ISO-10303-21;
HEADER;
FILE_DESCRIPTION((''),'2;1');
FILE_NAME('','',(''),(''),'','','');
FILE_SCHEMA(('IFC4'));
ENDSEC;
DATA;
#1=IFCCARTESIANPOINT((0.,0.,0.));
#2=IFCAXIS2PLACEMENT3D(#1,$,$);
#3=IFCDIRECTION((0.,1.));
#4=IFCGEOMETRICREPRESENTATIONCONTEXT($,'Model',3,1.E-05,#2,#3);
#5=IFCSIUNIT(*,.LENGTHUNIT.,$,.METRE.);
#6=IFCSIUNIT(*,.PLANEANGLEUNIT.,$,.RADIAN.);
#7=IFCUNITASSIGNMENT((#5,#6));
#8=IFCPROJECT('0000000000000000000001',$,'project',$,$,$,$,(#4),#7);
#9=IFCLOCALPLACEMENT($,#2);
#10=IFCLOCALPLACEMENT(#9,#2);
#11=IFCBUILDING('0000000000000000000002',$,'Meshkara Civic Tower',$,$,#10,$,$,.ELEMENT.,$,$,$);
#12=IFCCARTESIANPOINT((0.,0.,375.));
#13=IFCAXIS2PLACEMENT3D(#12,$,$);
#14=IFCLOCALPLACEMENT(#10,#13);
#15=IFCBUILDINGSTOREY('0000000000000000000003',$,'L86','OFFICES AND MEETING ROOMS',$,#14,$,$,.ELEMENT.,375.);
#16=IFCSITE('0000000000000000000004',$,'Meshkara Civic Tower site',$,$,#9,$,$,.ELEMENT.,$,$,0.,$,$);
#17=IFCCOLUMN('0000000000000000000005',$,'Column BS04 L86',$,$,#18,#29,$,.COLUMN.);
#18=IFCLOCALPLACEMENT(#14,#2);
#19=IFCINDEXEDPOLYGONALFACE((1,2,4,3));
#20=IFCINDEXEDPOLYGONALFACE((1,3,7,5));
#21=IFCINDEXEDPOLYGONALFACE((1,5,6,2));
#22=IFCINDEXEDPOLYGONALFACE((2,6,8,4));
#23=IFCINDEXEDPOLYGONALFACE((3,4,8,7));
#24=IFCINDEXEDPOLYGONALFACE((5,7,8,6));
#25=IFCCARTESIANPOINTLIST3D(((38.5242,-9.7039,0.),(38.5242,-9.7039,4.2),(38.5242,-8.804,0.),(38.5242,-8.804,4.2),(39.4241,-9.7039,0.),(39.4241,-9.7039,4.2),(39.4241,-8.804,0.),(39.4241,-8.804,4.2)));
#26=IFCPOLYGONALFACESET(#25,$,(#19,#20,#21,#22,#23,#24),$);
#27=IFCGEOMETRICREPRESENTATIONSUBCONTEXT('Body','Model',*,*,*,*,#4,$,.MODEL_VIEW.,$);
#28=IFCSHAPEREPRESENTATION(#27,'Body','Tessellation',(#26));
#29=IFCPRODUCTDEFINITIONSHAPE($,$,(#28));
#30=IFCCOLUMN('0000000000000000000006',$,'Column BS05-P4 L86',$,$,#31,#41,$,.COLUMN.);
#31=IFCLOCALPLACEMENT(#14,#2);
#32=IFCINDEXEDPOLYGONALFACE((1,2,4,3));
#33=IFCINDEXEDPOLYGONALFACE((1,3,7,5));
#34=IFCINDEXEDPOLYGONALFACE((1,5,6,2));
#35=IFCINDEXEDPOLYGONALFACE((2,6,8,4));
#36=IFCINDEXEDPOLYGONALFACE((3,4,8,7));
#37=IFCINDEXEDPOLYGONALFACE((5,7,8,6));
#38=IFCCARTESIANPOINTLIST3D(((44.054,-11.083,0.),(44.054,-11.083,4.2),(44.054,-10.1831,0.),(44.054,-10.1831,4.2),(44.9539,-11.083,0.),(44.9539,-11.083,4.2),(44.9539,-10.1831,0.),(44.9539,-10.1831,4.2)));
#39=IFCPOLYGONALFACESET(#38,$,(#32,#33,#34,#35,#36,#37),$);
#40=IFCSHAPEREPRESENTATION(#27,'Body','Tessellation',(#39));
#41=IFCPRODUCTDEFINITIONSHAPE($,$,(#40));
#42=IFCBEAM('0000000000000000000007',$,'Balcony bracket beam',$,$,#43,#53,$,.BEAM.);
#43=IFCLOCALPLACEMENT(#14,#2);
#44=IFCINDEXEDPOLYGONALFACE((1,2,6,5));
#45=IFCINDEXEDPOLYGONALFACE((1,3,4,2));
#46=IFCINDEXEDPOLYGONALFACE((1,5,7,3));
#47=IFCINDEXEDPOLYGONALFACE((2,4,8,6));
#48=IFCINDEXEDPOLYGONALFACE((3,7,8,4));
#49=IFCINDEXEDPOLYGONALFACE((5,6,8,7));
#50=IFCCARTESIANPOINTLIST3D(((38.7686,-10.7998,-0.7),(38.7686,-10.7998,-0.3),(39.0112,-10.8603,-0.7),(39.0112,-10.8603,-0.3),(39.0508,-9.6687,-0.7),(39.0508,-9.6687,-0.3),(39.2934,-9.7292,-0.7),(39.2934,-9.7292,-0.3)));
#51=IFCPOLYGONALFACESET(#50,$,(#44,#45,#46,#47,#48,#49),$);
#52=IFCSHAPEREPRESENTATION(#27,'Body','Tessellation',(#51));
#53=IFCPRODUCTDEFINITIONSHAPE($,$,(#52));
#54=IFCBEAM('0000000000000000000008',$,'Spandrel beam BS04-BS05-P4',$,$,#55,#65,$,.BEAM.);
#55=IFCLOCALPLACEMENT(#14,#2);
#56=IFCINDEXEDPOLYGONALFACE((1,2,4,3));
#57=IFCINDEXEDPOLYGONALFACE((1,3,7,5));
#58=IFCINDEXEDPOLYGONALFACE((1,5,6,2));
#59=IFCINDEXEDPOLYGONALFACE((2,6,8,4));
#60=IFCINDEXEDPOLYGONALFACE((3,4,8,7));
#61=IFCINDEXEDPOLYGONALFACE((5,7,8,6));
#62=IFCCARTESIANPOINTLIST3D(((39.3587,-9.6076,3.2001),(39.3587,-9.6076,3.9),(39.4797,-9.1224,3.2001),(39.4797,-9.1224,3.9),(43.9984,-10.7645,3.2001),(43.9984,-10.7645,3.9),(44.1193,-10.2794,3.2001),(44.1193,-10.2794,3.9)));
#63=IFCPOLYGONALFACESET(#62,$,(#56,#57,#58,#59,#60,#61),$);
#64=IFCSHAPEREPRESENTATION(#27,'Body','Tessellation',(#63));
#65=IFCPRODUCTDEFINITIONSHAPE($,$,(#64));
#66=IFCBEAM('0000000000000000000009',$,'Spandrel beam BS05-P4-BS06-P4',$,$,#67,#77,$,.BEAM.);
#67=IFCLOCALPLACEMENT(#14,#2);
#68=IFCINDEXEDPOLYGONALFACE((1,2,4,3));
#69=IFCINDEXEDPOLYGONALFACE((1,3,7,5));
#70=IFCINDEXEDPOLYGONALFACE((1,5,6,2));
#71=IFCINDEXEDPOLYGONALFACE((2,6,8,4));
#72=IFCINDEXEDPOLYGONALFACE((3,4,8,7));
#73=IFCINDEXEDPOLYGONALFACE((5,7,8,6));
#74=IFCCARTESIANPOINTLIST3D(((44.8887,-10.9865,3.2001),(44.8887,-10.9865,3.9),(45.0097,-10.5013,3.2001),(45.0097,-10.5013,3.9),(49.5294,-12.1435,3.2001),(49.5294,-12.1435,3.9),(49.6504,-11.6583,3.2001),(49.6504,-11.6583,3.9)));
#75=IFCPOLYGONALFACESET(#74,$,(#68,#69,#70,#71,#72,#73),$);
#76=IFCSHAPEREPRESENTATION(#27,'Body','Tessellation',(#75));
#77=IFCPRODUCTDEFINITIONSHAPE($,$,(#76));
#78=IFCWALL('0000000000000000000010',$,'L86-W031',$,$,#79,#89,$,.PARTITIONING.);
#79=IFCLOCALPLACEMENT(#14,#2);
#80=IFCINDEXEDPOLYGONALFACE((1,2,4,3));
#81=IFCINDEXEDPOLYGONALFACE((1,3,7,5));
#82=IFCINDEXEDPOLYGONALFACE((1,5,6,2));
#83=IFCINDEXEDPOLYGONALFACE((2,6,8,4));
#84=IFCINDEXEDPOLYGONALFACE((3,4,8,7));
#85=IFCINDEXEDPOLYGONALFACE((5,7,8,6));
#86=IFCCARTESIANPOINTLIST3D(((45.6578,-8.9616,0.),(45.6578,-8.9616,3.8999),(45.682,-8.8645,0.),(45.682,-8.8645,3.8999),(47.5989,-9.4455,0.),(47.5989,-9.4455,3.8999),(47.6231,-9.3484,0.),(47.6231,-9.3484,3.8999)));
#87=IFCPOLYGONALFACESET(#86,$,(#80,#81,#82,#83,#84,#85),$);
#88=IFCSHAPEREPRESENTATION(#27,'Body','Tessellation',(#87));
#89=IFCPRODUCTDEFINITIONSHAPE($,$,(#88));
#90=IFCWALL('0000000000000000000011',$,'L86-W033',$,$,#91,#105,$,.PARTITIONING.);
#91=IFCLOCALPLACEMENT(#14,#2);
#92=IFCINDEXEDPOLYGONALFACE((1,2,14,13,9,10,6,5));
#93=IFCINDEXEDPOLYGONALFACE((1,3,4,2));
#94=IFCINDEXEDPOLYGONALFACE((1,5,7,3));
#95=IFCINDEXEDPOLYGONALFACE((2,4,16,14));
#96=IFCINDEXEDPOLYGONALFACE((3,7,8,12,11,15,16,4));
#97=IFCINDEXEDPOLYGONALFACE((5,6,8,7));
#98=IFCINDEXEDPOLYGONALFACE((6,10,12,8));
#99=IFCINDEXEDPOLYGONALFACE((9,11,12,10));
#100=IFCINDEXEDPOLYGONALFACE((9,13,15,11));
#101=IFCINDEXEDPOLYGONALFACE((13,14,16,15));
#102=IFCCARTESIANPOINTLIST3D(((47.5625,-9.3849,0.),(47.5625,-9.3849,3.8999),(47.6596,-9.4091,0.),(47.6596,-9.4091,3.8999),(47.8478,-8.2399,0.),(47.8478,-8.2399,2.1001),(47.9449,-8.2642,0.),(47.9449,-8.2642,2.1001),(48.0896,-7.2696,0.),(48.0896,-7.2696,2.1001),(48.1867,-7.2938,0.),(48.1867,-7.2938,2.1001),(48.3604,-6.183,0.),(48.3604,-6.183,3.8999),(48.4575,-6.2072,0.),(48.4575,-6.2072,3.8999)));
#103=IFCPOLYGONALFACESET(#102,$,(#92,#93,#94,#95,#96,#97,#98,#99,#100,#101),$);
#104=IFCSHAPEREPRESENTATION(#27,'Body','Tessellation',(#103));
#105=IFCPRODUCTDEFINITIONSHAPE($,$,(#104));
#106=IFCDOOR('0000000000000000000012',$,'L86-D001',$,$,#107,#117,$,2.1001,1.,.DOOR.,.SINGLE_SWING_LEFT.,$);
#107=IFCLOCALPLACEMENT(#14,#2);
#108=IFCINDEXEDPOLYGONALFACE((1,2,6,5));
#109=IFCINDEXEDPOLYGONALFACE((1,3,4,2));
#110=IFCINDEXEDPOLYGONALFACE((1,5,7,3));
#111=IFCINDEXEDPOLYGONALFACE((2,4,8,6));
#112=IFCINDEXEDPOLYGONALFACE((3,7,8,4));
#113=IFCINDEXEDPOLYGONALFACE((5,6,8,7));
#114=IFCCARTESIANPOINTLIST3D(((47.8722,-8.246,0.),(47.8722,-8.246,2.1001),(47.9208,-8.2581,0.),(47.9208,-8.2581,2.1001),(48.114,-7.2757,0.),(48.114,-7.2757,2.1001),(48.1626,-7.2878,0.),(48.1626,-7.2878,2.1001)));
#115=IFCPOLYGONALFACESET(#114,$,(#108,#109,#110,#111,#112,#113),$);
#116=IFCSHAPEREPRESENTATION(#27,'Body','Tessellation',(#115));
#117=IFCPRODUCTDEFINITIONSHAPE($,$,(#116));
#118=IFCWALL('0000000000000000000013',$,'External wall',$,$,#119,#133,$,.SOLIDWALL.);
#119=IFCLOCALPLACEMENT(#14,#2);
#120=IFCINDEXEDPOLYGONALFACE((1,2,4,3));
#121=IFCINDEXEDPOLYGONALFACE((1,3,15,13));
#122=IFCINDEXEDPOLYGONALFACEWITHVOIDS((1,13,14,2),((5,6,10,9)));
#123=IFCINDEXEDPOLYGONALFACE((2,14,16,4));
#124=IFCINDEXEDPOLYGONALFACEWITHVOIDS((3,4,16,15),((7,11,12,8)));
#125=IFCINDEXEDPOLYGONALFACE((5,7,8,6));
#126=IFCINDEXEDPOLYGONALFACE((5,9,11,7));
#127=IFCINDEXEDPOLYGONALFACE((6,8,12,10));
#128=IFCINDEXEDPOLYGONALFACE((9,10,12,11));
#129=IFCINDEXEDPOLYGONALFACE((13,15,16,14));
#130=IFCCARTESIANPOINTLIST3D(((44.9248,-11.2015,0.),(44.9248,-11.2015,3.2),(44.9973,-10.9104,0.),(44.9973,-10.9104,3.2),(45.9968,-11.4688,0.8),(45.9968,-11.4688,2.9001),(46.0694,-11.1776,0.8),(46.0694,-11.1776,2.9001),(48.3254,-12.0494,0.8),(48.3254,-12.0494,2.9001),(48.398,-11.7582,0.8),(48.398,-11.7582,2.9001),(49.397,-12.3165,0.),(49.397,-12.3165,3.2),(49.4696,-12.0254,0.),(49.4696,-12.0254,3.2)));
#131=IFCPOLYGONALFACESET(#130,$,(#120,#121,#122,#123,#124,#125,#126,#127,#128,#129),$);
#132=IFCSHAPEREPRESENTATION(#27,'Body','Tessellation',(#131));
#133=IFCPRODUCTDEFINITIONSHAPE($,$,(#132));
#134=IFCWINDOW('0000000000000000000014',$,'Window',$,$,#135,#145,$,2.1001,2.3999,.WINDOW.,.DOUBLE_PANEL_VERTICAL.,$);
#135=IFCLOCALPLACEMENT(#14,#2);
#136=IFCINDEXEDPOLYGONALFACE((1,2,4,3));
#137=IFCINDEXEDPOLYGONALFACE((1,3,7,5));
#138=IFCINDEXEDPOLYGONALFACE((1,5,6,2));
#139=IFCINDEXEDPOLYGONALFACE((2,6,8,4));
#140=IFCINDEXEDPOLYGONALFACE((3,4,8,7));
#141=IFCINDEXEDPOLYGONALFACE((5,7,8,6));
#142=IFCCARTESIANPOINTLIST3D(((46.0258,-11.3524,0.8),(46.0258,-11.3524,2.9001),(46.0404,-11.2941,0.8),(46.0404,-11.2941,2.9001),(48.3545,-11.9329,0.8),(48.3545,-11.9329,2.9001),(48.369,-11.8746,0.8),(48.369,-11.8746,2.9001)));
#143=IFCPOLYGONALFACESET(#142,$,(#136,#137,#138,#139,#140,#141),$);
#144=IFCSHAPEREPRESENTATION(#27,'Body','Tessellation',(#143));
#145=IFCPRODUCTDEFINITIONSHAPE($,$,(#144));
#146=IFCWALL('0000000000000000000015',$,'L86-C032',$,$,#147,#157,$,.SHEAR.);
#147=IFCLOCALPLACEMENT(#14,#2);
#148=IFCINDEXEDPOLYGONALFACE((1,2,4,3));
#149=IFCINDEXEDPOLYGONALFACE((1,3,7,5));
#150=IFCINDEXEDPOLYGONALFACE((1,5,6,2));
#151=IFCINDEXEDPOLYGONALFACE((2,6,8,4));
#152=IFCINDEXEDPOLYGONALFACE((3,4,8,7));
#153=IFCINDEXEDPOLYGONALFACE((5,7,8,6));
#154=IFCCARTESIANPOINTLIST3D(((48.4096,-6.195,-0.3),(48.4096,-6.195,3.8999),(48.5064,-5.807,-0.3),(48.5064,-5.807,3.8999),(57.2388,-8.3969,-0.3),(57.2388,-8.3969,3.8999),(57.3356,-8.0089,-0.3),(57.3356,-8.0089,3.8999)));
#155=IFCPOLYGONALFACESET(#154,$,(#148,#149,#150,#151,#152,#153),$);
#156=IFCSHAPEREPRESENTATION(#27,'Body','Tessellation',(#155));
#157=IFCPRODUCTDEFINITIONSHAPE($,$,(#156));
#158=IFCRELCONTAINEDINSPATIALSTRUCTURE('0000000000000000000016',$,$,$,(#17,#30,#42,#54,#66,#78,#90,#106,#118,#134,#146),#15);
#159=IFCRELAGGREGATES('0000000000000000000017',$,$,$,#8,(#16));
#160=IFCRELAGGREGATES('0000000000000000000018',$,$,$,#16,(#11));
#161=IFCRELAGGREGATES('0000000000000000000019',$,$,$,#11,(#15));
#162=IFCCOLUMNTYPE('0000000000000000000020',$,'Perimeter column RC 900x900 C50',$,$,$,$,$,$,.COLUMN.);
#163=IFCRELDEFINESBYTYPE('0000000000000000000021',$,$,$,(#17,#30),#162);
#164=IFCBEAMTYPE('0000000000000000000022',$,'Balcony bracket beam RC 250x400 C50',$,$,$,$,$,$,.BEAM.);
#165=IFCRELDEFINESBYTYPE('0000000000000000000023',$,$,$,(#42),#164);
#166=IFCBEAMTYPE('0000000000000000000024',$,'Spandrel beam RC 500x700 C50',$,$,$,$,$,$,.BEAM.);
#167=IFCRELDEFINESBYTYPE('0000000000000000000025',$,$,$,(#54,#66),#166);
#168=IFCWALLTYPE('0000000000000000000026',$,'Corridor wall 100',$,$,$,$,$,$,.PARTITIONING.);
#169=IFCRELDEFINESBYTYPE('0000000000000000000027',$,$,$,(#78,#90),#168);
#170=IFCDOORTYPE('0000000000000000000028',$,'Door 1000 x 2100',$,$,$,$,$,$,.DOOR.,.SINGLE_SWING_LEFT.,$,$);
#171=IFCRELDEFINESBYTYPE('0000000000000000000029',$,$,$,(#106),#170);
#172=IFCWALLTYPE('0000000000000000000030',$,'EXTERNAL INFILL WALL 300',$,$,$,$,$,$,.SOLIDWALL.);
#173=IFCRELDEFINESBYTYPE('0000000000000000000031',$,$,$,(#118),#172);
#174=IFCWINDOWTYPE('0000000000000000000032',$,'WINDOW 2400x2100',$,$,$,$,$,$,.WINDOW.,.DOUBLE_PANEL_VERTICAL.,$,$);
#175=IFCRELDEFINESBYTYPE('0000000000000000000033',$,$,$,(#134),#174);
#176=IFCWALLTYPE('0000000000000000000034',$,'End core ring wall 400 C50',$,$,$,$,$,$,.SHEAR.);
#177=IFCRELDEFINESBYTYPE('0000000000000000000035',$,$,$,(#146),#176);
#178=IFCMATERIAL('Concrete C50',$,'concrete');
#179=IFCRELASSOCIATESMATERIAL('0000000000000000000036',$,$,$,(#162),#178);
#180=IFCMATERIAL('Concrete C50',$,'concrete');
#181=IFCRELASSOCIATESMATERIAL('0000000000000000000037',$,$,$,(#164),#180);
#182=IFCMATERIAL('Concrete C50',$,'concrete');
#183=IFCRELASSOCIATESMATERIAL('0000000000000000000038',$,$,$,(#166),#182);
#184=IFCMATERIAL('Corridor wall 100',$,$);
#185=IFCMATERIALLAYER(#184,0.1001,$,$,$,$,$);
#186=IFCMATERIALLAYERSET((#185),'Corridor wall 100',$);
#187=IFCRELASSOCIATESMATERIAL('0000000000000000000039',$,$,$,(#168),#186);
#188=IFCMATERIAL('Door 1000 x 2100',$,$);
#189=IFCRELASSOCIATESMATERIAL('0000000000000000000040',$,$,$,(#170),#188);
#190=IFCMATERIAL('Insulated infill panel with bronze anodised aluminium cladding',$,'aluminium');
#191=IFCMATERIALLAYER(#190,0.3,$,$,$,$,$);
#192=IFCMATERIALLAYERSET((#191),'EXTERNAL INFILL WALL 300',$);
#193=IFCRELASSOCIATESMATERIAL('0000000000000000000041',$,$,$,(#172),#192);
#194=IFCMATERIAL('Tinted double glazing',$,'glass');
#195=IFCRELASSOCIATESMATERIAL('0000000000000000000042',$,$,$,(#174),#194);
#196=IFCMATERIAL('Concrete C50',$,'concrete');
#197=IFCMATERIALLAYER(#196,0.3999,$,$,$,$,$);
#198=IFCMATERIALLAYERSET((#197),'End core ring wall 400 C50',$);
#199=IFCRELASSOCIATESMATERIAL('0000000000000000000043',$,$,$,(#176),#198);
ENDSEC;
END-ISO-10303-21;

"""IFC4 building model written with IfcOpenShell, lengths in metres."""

from ifc_helpers import new_model, si_unit, direction, frame, frame_2d, origin, origin_2d, place, context, subcontext, project, spatial, rectangle, extrude, material, layer, layer_set, material_profile, profile_set, type_object, element, fill, save


model = new_model("IFC4")

# Units and contexts
model_context = context("Model", 3, precision=1e-05, world=origin(), true_north=direction((0.0, 1.0)))
body_context = subcontext(model_context, "Body", "Model", "MODEL_VIEW")
ifc_project = project(units=[si_unit("LENGTHUNIT", "METRE"), si_unit("PLANEANGLEUNIT", "RADIAN")], contexts=[model_context])

# Site, building, storey
site_placement = place(None, origin())
site = spatial("IfcSite", under=ifc_project, at=site_placement, Name="Meshkara Civic Tower site", CompositionType="ELEMENT", RefElevation=0.0)
building_placement = place(site_placement, origin())
building = spatial("IfcBuilding", under=site, at=building_placement, Name="Meshkara Civic Tower", CompositionType="ELEMENT")
storey_placement = place(building_placement, frame((0.0, 0.0, 375.0)))
storey = spatial("IfcBuildingStorey", under=building, at=storey_placement, Name="L86", Description="OFFICES AND MEETING ROOMS", CompositionType="ELEMENT", Elevation=375.0)

# Columns
ifc_material_1 = material(Name="Concrete C50", Category="concrete")
ifc_material_profile_1 = material_profile(ifc_material_1, rectangle(XDim=0.8999, YDim=0.8999, at=origin_2d()))
ifc_profile_set_1 = profile_set([ifc_material_profile_1], Name="Concrete C50")
column_type = type_object("IfcColumnType", Name="Perimeter column RC 900x900 C50", PredefinedType="COLUMN", material=ifc_profile_set_1)
for number, where, z_axis, x_axis, name in (
    (1, (38.9741, -9.2539, 0.0), (0.0, 0.0, 1.0), (1.0, 0.0, 0.0), "Column BS04 L86"),
    (2, (44.5039, -10.6331, 0.0), (0.0, 0.0, 1.0), (1.0, 0.0, 0.0), "Column BS05-P4 L86"),
):
    element("IfcColumn", number, at=place(storey_placement, frame(where, z_axis=z_axis, x_axis=x_axis)), inside=storey, type_object=column_type, Name=name, PredefinedType="COLUMN", context=body_context, shape_type="SweptSolid", body=[
        extrude(rectangle(XDim=0.8999, YDim=0.8999, at=origin_2d()), origin(), (0.0, 0.0, 1.0), 4.2),
    ])

# Beams
ifc_material_2 = material(Name="Concrete C50", Category="concrete")
ifc_material_profile_2 = material_profile(ifc_material_2, rectangle(XDim=0.25, YDim=0.3999, at=origin_2d()))
ifc_profile_set_2 = profile_set([ifc_material_profile_2], Name="Concrete C50")
beam_type_1 = type_object("IfcBeamType", Name="Balcony bracket beam RC 250x400 C50", PredefinedType="BEAM", material=ifc_profile_set_2)
beam_1_placement = place(storey_placement, frame((39.1721, -9.699, -0.5), z_axis=(-0.242092, -0.970253, 0.0), x_axis=(0.970253, -0.242092, 0.0)))
element("IfcBeam", 3, at=beam_1_placement, inside=storey, type_object=beam_type_1, Name="Balcony bracket beam", PredefinedType="BEAM", context=body_context, shape_type="SweptSolid", body=[
    extrude(rectangle(XDim=0.25, YDim=0.3999, at=origin_2d()), origin(), (0.0, 0.0, 1.0), 1.1658),
])
ifc_material_3 = material(Name="Concrete C50", Category="concrete")
ifc_material_profile_3 = material_profile(ifc_material_3, rectangle(XDim=0.5, YDim=0.7, at=origin_2d()))
ifc_profile_set_3 = profile_set([ifc_material_profile_3], Name="Concrete C50")
beam_type_2 = type_object("IfcBeamType", Name="Spandrel beam RC 500x700 C50", PredefinedType="BEAM", material=ifc_profile_set_3)
beam_2_placement = place(storey_placement, frame((39.4192, -9.365, 3.55), z_axis=(0.970286, -0.241959, 0.0), x_axis=(0.241959, 0.970286, 0.0)))
element("IfcBeam", 4, at=beam_2_placement, inside=storey, type_object=beam_type_2, Name="Spandrel beam BS04-BS05-P4", PredefinedType="BEAM", context=body_context, shape_type="SweptSolid", body=[
    extrude(rectangle(XDim=0.5, YDim=0.7, at=origin_2d()), origin(), (0.0, 0.0, 1.0), 4.7817),
])
beam_3_placement = place(storey_placement, frame((44.9492, -10.7439, 3.55), z_axis=(0.970298, -0.241911, 0.0), x_axis=(0.241911, 0.970298, 0.0)))
element("IfcBeam", 5, at=beam_3_placement, inside=storey, type_object=beam_type_2, Name="Spandrel beam BS05-P4-BS06-P4", PredefinedType="BEAM", context=body_context, shape_type="SweptSolid", body=[
    extrude(rectangle(XDim=0.5, YDim=0.7, at=origin_2d()), origin(), (0.0, 0.0, 1.0), 4.7827),
])

# Wall
ifc_material_4 = material(Name="Corridor wall 100")
ifc_layer_1 = layer(ifc_material_4, 0.1001)
ifc_layer_set_1 = layer_set([ifc_layer_1], Name="Corridor wall 100")
wall_type_1 = type_object("IfcWallType", Name="Corridor wall 100", PredefinedType="PARTITIONING", material=ifc_layer_set_1)
wall_1_placement = place(storey_placement, frame((45.6699, -8.9131, 0.0), z_axis=(0.0, 0.0, 1.0), x_axis=(0.970307, -0.241875, 0.0)))
element("IfcWall", 6, at=wall_1_placement, inside=storey, type_object=wall_type_1, Name="L86-W031", PredefinedType="PARTITIONING", context=body_context, shape_type="SweptSolid", body=[
    extrude(rectangle(XDim=2.0005, YDim=0.1001, at=frame_2d((1.0002, 0.0))), origin(), (0.0, 0.0, 1.0), 3.8999),
])

# Wall, opening, door
wall_2_placement = place(storey_placement, frame((47.6111, -9.397, 0.0), z_axis=(0.0, 0.0, 1.0), x_axis=(0.241787, 0.970329, 0.0)))
wall_2 = element("IfcWall", 7, at=wall_2_placement, inside=storey, type_object=wall_type_1, Name="L86-W033", PredefinedType="PARTITIONING", context=body_context, shape_type="SweptSolid", body=[
    extrude(rectangle(XDim=3.2998, YDim=0.1001, at=frame_2d((1.6499, 0.0))), origin(), (0.0, 0.0, 1.0), 3.8999),
])
opening_1_placement = place(wall_2_placement, frame((1.1799, 0.0, 0.0)))
opening_1 = element("IfcOpeningElement", 8, at=opening_1_placement, cuts=wall_2, PredefinedType="OPENING", context=body_context, shape_type="SweptSolid", body=[
    extrude(rectangle(XDim=1.0, YDim=2.1001, at=frame_2d((0.5, 1.05))), frame((0.0, 0.0601, 0.0), z_axis=(0.0, -1.0, 0.0), x_axis=(1.0, 0.0, 0.0)), (0.0, 0.0, 1.0), 0.1201),
])
ifc_material_5 = material(Name="Door 1000 x 2100")
door_type_1 = type_object("IfcDoorType", Name="Door 1000 x 2100", OperationType="SINGLE_SWING_LEFT", PredefinedType="DOOR", material=ifc_material_5)
door_1_placement = place(opening_1_placement, origin())
door_1 = element("IfcDoor", 9, at=door_1_placement, inside=storey, type_object=door_type_1, Name="L86-D001", OperationType="SINGLE_SWING_LEFT", OverallHeight=2.1001, OverallWidth=1.0, PredefinedType="DOOR", context=body_context, shape_type="SweptSolid", body=[
    extrude(rectangle(XDim=1.0, YDim=2.1001, at=frame_2d((0.5, 1.05))), frame((0.0, 0.0249, 0.0), z_axis=(0.0, -1.0, 0.0), x_axis=(1.0, 0.0, 0.0)), (0.0, 0.0, 1.0), 0.05),
])
fill(opening_1, door_1)

# Wall, opening, window
ifc_material_6 = material(Name="Insulated infill panel with bronze anodised aluminium cladding", Category="aluminium")
ifc_layer_2 = layer(ifc_material_6, 0.3)
ifc_layer_set_2 = layer_set([ifc_layer_2], Name="EXTERNAL INFILL WALL 300")
wall_type_2 = type_object("IfcWallType", Name="EXTERNAL INFILL WALL 300", PredefinedType="SOLIDWALL", material=ifc_layer_set_2)
wall_3_placement = place(storey_placement, frame((44.9609, -11.0559, 0.0), z_axis=(0.0, 0.0, 1.0), x_axis=(0.970298, -0.241912, 0.0)))
wall_3 = element("IfcWall", 10, at=wall_3_placement, inside=storey, type_object=wall_type_2, Name="External wall", PredefinedType="SOLIDWALL", context=body_context, shape_type="SweptSolid", body=[
    extrude(rectangle(XDim=4.6091, YDim=0.3, at=frame_2d((2.3047, 0.0))), origin(), (0.0, 0.0, 1.0), 3.2),
])
opening_2_placement = place(wall_3_placement, frame((1.105, 0.0, 0.8)))
opening_2 = element("IfcOpeningElement", 11, at=opening_2_placement, cuts=wall_3, PredefinedType="OPENING", context=body_context, shape_type="SweptSolid", body=[
    extrude(rectangle(XDim=2.3999, YDim=2.1001, at=frame_2d((1.2, 1.05))), frame((0.0, 0.1599, 0.0), z_axis=(0.0, -1.0, 0.0), x_axis=(1.0, 0.0, 0.0)), (0.0, 0.0, 1.0), 0.3201),
])
ifc_material_7 = material(Name="Tinted double glazing", Category="glass")
window_type = type_object("IfcWindowType", Name="WINDOW 2400x2100", PartitioningType="DOUBLE_PANEL_VERTICAL", PredefinedType="WINDOW", material=ifc_material_7)
window_placement = place(opening_2_placement, origin())
window = element("IfcWindow", 12, at=window_placement, inside=storey, type_object=window_type, Name="Window", OverallHeight=2.1001, OverallWidth=2.3999, PartitioningType="DOUBLE_PANEL_VERTICAL", PredefinedType="WINDOW", context=body_context, shape_type="SweptSolid", body=[
    extrude(rectangle(XDim=2.3999, YDim=2.1001, at=frame_2d((1.2, 1.05))), frame((0.0, 0.03, 0.0), z_axis=(0.0, -1.0, 0.0), x_axis=(1.0, 0.0, 0.0)), (0.0, 0.0, 1.0), 0.0601),
])
fill(opening_2, window)

# Wall
ifc_material_8 = material(Name="Concrete C50", Category="concrete")
ifc_layer_3 = layer(ifc_material_8, 0.3999)
ifc_layer_set_3 = layer_set([ifc_layer_3], Name="End core ring wall 400 C50")
wall_type_3 = type_object("IfcWallType", Name="End core ring wall 400 C50", PredefinedType="SHEAR", material=ifc_layer_set_3)
wall_4_placement = place(storey_placement, frame((48.458, -6.001, -0.3), z_axis=(0.0, 0.0, 1.0), x_axis=(0.970281, -0.24198, 0.0)))
element("IfcWall", 13, at=wall_4_placement, inside=storey, type_object=wall_type_3, Name="L86-C032", PredefinedType="SHEAR", context=body_context, shape_type="SweptSolid", body=[
    extrude(rectangle(XDim=9.0996, YDim=0.3999, at=frame_2d((4.5498, 0.0))), origin(), (0.0, 0.0, 1.0), 4.2),
])

save(model, "model.ifc")
